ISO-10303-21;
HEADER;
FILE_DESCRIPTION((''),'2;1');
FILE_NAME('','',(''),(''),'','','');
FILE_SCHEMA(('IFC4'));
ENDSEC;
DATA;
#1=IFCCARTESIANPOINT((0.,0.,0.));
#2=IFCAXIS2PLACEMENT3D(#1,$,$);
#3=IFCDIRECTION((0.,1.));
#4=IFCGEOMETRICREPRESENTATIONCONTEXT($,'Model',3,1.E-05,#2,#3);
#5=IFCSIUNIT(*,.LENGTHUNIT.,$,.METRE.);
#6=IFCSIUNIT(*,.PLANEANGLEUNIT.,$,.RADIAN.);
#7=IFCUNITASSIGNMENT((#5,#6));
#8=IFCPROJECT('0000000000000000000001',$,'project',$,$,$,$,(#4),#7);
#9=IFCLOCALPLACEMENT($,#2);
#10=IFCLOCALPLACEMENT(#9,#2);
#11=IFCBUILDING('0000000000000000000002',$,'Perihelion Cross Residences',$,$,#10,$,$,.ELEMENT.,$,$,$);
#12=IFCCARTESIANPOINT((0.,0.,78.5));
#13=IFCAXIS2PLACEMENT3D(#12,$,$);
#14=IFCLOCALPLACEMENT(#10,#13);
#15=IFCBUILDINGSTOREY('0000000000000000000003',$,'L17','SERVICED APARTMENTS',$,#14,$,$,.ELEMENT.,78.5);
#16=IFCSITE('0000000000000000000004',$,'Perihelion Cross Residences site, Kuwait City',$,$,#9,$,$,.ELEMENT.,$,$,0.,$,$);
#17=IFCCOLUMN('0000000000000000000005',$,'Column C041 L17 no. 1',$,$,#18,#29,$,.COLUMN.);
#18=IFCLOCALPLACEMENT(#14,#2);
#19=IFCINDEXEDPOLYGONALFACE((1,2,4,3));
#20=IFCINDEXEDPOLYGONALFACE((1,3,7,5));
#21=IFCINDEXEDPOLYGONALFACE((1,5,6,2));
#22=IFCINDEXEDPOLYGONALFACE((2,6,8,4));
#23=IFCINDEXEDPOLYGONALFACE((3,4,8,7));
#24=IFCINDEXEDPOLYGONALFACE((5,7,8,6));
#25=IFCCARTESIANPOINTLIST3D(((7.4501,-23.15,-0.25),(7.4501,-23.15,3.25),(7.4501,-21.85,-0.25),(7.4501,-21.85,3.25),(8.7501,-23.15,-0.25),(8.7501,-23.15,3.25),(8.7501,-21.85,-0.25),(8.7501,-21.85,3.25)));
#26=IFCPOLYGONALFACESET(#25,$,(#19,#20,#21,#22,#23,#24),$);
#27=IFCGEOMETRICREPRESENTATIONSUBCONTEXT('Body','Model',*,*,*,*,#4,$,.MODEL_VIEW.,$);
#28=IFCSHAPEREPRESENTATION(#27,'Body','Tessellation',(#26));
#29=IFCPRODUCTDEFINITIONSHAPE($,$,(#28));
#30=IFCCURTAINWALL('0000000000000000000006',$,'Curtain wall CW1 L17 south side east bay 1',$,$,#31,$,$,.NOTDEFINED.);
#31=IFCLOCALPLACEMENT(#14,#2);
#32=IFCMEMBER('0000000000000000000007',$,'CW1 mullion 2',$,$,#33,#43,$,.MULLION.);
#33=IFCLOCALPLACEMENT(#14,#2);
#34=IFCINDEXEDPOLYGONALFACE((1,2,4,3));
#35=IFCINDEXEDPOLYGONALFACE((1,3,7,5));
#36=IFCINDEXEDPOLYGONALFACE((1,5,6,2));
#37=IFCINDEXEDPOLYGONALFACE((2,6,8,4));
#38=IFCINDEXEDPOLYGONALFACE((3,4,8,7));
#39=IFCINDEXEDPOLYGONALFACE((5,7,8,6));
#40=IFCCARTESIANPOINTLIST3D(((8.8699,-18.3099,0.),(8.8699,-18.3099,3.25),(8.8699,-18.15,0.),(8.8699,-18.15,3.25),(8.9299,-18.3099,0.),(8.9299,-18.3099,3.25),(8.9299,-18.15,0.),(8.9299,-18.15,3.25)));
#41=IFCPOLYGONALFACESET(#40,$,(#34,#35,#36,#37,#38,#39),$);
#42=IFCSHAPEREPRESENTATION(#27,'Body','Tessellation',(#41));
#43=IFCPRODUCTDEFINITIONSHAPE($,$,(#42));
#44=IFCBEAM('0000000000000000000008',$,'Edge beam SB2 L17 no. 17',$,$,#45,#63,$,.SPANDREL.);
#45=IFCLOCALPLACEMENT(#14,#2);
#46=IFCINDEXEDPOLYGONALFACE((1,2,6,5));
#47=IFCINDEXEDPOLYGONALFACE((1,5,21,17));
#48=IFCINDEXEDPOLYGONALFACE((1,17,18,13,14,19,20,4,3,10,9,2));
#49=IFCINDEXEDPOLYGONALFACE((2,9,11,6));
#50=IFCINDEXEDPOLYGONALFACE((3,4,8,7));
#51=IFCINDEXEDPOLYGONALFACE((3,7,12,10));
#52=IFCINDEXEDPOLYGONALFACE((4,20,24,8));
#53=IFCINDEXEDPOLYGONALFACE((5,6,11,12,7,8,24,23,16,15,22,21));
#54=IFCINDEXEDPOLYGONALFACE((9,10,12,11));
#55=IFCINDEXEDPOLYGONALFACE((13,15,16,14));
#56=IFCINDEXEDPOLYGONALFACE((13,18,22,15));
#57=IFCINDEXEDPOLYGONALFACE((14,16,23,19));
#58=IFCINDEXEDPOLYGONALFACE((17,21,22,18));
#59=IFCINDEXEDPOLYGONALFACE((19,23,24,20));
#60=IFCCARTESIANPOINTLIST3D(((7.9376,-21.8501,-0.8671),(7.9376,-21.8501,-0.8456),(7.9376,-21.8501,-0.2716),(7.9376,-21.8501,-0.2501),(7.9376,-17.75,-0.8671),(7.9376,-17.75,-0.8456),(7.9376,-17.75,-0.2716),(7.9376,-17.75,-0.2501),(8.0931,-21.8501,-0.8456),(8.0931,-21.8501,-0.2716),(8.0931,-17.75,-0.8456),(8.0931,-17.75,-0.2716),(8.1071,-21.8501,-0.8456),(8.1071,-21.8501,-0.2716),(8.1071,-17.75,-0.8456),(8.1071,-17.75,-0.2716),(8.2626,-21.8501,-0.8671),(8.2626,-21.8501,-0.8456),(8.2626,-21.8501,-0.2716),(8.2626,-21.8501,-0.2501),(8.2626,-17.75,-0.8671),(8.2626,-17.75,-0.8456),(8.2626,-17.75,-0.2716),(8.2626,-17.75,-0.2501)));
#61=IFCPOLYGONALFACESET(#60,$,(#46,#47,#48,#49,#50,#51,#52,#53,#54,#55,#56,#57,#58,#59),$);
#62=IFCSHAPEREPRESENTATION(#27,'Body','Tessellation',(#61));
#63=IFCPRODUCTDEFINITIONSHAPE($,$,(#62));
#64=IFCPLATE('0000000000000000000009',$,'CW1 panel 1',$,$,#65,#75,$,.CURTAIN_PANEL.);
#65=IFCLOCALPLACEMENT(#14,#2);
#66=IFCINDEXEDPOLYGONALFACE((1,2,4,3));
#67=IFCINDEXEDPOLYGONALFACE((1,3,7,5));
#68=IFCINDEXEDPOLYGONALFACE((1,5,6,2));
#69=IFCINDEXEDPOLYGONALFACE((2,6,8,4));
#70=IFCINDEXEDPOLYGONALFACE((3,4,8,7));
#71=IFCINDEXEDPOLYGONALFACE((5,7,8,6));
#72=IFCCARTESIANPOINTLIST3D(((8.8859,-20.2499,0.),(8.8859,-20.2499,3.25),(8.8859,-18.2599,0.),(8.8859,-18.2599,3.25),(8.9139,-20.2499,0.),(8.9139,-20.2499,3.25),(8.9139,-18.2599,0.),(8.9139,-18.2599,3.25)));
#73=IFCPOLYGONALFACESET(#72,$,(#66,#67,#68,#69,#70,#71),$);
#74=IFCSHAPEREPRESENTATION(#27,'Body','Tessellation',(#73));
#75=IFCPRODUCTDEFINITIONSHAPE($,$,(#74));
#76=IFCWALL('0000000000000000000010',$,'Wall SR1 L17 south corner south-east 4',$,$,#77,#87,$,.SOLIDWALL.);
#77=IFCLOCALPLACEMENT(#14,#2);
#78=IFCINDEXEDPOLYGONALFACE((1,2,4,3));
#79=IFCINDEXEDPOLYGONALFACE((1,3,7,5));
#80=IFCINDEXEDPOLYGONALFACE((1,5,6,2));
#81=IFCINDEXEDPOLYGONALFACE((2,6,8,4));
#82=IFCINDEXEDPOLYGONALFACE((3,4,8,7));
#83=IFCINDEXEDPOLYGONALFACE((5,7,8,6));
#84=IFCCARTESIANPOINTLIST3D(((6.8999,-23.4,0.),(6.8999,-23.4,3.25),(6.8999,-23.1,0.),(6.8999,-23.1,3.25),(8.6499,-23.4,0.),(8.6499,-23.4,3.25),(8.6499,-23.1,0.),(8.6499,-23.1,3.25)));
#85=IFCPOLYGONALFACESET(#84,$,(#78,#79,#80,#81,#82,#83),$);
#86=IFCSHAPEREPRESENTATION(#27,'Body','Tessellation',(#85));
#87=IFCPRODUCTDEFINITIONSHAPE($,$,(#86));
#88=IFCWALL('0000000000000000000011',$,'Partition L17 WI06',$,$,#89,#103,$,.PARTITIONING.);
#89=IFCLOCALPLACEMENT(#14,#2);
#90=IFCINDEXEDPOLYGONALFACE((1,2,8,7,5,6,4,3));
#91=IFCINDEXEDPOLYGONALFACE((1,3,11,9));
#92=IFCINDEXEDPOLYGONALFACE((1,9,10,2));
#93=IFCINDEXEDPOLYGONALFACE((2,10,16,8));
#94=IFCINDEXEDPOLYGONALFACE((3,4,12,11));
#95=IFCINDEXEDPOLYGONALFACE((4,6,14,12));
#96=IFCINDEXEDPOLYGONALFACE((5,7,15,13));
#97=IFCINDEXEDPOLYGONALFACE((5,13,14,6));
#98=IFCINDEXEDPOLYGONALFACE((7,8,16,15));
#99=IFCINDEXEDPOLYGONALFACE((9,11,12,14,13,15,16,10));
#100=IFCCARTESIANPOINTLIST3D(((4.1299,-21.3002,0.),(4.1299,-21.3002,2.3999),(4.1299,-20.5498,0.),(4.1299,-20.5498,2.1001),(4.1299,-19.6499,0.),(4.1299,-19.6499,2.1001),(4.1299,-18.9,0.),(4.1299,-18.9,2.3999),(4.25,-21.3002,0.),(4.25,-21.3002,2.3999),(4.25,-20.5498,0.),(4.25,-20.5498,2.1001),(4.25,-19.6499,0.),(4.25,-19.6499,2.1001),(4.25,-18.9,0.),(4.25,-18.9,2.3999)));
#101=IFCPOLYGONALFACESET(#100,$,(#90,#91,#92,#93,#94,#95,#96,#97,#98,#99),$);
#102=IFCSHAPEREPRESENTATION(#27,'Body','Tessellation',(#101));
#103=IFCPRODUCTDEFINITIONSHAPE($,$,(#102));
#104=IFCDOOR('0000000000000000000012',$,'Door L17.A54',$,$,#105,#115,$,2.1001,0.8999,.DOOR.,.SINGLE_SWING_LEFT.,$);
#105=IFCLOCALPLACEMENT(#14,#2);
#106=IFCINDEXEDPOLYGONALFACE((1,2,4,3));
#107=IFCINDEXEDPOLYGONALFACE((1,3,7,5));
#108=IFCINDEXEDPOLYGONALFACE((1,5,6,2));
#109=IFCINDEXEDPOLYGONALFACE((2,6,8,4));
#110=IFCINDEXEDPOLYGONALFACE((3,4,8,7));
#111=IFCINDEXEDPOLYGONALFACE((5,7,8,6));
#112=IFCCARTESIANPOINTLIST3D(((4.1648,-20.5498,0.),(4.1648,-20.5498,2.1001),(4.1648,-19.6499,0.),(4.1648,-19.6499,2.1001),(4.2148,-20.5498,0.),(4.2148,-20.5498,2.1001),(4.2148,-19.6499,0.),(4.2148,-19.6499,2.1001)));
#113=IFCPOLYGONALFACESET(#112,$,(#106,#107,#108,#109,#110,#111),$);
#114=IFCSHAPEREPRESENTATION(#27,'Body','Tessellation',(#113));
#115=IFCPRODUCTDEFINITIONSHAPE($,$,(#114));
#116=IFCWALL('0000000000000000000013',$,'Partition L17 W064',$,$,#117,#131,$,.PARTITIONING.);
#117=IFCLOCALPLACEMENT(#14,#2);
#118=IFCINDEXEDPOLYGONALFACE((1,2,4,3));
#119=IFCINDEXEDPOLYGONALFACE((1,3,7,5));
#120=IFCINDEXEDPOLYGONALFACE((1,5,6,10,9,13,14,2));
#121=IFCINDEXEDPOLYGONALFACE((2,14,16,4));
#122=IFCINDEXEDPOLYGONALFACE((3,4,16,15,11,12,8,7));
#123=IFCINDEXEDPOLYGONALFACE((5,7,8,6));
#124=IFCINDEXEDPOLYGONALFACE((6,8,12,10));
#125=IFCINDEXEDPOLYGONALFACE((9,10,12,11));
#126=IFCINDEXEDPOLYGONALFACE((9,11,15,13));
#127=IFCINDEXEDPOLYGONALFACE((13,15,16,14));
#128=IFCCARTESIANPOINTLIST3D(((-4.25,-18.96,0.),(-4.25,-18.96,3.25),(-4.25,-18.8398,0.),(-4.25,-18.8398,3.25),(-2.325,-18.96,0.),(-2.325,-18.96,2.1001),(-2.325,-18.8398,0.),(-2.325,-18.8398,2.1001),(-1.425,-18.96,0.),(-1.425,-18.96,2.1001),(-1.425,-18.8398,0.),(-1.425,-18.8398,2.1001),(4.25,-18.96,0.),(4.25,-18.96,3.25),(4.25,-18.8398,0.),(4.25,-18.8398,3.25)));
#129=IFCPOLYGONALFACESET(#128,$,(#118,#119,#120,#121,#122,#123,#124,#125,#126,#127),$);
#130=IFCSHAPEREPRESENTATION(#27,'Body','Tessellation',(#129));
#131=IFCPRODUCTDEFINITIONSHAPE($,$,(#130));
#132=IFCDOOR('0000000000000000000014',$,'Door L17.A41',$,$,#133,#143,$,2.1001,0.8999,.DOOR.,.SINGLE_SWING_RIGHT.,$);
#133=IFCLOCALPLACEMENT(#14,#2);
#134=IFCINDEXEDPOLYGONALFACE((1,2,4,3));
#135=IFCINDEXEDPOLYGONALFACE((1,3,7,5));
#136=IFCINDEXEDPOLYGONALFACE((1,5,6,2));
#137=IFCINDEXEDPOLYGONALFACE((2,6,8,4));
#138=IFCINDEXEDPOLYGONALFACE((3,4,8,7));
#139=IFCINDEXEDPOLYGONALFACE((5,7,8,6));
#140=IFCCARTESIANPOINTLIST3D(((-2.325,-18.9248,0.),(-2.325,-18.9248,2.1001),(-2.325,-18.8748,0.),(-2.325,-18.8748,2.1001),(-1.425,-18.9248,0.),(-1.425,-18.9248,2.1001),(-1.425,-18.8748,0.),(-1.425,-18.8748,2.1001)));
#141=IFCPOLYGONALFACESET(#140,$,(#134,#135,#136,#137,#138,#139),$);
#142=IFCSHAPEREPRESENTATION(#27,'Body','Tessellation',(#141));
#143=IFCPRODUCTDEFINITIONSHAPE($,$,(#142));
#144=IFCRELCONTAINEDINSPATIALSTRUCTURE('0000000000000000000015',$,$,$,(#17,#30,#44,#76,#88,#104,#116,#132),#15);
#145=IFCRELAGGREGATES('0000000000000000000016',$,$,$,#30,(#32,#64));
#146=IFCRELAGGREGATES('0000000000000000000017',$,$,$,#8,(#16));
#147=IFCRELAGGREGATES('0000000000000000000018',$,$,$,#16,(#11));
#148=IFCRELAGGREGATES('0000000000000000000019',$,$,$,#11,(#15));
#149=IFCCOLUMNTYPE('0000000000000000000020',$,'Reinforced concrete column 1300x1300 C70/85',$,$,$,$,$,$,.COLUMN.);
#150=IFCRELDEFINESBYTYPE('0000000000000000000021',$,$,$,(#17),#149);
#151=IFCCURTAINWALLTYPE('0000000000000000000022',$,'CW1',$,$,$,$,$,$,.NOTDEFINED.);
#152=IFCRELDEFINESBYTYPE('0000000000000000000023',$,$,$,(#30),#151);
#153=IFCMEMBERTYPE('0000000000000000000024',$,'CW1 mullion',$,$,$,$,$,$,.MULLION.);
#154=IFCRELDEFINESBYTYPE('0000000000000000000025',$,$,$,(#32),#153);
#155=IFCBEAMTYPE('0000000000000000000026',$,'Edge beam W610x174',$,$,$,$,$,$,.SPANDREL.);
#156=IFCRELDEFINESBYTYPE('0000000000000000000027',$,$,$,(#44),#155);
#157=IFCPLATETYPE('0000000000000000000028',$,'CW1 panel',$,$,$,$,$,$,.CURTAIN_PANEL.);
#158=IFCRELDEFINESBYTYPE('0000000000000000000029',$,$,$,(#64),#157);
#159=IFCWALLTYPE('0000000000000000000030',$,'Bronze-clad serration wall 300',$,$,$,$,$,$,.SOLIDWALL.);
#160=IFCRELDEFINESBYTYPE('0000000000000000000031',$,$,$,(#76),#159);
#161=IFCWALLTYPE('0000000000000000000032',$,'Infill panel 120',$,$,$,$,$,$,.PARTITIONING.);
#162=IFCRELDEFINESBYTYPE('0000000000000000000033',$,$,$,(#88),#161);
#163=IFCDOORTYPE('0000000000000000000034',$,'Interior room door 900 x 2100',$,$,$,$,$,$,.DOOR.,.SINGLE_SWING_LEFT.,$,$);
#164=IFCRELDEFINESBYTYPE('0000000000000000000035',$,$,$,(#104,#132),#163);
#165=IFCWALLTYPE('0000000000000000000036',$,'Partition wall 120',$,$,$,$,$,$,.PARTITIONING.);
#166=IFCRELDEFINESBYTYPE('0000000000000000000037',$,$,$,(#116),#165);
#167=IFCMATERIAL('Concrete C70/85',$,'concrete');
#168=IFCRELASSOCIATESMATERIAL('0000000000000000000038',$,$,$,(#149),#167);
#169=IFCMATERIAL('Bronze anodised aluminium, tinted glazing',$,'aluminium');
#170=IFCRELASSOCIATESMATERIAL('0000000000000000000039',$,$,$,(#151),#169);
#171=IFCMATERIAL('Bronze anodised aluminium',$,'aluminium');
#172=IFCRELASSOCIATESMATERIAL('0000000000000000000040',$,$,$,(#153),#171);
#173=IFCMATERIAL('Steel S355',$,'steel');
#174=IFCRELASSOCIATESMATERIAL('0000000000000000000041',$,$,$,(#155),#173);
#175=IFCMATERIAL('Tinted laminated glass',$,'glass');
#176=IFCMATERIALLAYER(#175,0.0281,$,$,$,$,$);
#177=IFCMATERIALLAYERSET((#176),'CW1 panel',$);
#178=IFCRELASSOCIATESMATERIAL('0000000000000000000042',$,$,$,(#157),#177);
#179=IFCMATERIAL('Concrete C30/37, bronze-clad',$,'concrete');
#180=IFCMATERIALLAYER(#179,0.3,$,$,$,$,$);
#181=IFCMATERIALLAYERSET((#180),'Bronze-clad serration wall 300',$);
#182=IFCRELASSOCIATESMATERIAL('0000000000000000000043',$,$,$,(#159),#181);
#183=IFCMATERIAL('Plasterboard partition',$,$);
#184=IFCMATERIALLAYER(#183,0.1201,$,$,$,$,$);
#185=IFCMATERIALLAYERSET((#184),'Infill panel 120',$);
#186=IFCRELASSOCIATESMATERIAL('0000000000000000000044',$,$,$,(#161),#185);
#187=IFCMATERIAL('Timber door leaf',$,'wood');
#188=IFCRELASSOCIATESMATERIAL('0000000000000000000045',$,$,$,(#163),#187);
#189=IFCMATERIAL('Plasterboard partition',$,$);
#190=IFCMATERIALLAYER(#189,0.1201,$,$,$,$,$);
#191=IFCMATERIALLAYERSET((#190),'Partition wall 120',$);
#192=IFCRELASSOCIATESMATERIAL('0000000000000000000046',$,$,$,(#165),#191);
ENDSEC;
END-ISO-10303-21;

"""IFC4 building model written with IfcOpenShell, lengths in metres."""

from ifc_helpers import new_model, si_unit, direction, frame, frame_2d, origin, origin_2d, place, context, subcontext, project, spatial, rectangle, i_section, extrude, material, layer, layer_set, material_profile, profile_set, type_object, element, fill, aggregate, save


model = new_model("IFC4")

# Units and contexts
model_context = context("Model", 3, precision=1e-05, world=origin(), true_north=direction((0.0, 1.0)))
body_context = subcontext(model_context, "Body", "Model", "MODEL_VIEW")
ifc_project = project(units=[si_unit("LENGTHUNIT", "METRE"), si_unit("PLANEANGLEUNIT", "RADIAN")], contexts=[model_context])

# Site, building, storey
site_placement = place(None, origin())
site = spatial("IfcSite", under=ifc_project, at=site_placement, Name="Perihelion Cross Residences site, Kuwait City", CompositionType="ELEMENT", RefElevation=0.0)
building_placement = place(site_placement, origin())
building = spatial("IfcBuilding", under=site, at=building_placement, Name="Perihelion Cross Residences", CompositionType="ELEMENT")
storey_placement = place(building_placement, frame((0.0, 0.0, 78.5)))
storey = spatial("IfcBuildingStorey", under=building, at=storey_placement, Name="L17", Description="SERVICED APARTMENTS", CompositionType="ELEMENT", Elevation=78.5)

# Column
ifc_material_1 = material(Name="Concrete C70/85", Category="concrete")
ifc_material_profile_1 = material_profile(ifc_material_1, rectangle(XDim=1.3, YDim=1.3, at=origin_2d()), Name="RC 1300x1300")
ifc_profile_set_1 = profile_set([ifc_material_profile_1], Name="Concrete C70/85")
column_type = type_object("IfcColumnType", Name="Reinforced concrete column 1300x1300 C70/85", PredefinedType="COLUMN", material=ifc_profile_set_1)
column_placement = place(storey_placement, frame((8.1001, -22.5, -0.25), z_axis=(0.0, 0.0, 1.0), x_axis=(1.0, 0.0, 0.0)))
element("IfcColumn", 1, at=column_placement, inside=storey, type_object=column_type, Name="Column C041 L17 no. 1", PredefinedType="COLUMN", context=body_context, shape_type="SweptSolid", body=[
    extrude(rectangle(XDim=1.3, YDim=1.3, at=origin_2d()), origin(), (0.0, 0.0, 1.0), 3.5),
])

# Curtain wall, member
ifc_material_2 = material(Name="Bronze anodised aluminium, tinted glazing", Category="aluminium")
curtain_wall_type = type_object("IfcCurtainWallType", Name="CW1", PredefinedType="NOTDEFINED", material=ifc_material_2)
curtain_wall_placement = place(storey_placement, origin())
curtain_wall = element("IfcCurtainWall", 2, at=curtain_wall_placement, inside=storey, type_object=curtain_wall_type, Name="Curtain wall CW1 L17 south side east bay 1", PredefinedType="NOTDEFINED")
ifc_material_3 = material(Name="Bronze anodised aluminium", Category="aluminium")
ifc_material_profile_2 = material_profile(ifc_material_3, rectangle(XDim=0.0601, YDim=0.1599, at=origin_2d()), Name="CW1 mullion")
ifc_profile_set_2 = profile_set([ifc_material_profile_2], Name="Bronze anodised aluminium")
member_type = type_object("IfcMemberType", Name="CW1 mullion", PredefinedType="MULLION", material=ifc_profile_set_2)
member_placement = place(storey_placement, frame((8.8999, -18.23, 0.0), z_axis=(0.0, 0.0, 1.0), x_axis=(-1.0, 0.0, 0.0)))
member = element("IfcMember", 3, at=member_placement, type_object=member_type, Name="CW1 mullion 2", PredefinedType="MULLION", context=body_context, shape_type="SweptSolid", body=[
    extrude(rectangle(XDim=0.0601, YDim=0.1599, at=origin_2d()), origin(), (0.0, 0.0, 1.0), 3.25),
])

# Beam
ifc_material_4 = material(Name="Steel S355", Category="steel")
ifc_material_profile_3 = material_profile(ifc_material_4, i_section(OverallWidth=0.325, OverallDepth=0.6169, WebThickness=0.0139, FlangeThickness=0.0215, at=origin_2d()), Name="W610x174")
ifc_profile_set_3 = profile_set([ifc_material_profile_3], Name="Steel S355")
beam_type = type_object("IfcBeamType", Name="Edge beam W610x174", PredefinedType="SPANDREL", material=ifc_profile_set_3)
beam_placement = place(storey_placement, frame((8.1001, -21.8501, -0.5586), z_axis=(0.0, 1.0, 0.0), x_axis=(-1.0, 0.0, 0.0)))
element("IfcBeam", 4, at=beam_placement, inside=storey, type_object=beam_type, Name="Edge beam SB2 L17 no. 17", PredefinedType="SPANDREL", context=body_context, shape_type="SweptSolid", body=[
    extrude(i_section(OverallWidth=0.325, OverallDepth=0.6169, WebThickness=0.0139, FlangeThickness=0.0215, at=origin_2d()), origin(), (0.0, 0.0, 1.0), 4.1001),
])

# Plate
ifc_material_5 = material(Name="Tinted laminated glass", Category="glass")
ifc_layer_1 = layer(ifc_material_5, 0.0281)
ifc_layer_set_1 = layer_set([ifc_layer_1], Name="CW1 panel")
plate_type = type_object("IfcPlateType", Name="CW1 panel", PredefinedType="CURTAIN_PANEL", material=ifc_layer_set_1)
plate_placement = place(storey_placement, frame((8.8999, -19.2549, 0.0), z_axis=(0.0, 0.0, 1.0), x_axis=(0.0, 1.0, 0.0)))
plate = element("IfcPlate", 5, at=plate_placement, type_object=plate_type, Name="CW1 panel 1", PredefinedType="CURTAIN_PANEL", context=body_context, shape_type="SweptSolid", body=[
    extrude(rectangle(XDim=1.99, YDim=0.0281, at=origin_2d()), origin(), (0.0, 0.0, 1.0), 3.25),
])
aggregate(curtain_wall, [member, plate])

# Wall
ifc_material_6 = material(Name="Concrete C30/37, bronze-clad", Category="concrete")
ifc_layer_2 = layer(ifc_material_6, 0.3)
ifc_layer_set_2 = layer_set([ifc_layer_2], Name="Bronze-clad serration wall 300")
wall_type_1 = type_object("IfcWallType", Name="Bronze-clad serration wall 300", PredefinedType="SOLIDWALL", material=ifc_layer_set_2)
wall_1_placement = place(storey_placement, frame((6.8999, -23.25, 0.0), z_axis=(0.0, 0.0, 1.0), x_axis=(1.0, 0.0, 0.0)))
element("IfcWall", 6, at=wall_1_placement, inside=storey, type_object=wall_type_1, Name="Wall SR1 L17 south corner south-east 4", PredefinedType="SOLIDWALL", context=body_context, shape_type="SweptSolid", body=[
    extrude(rectangle(XDim=1.75, YDim=0.3, at=frame_2d((0.875, 0.0))), origin(), (0.0, 0.0, 1.0), 3.25),
])

# Walls, openings, doors
ifc_material_7 = material(Name="Plasterboard partition")
ifc_layer_3 = layer(ifc_material_7, 0.1201)
ifc_layer_set_3 = layer_set([ifc_layer_3], Name="Infill panel 120")
wall_type_2 = type_object("IfcWallType", Name="Infill panel 120", PredefinedType="PARTITIONING", material=ifc_layer_set_3)
wall_2_placement = place(storey_placement, frame((4.1899, -18.8999, 0.0), z_axis=(0.0, 0.0, 1.0), x_axis=(0.0, -1.0, 0.0)))
wall_2 = element("IfcWall", 7, at=wall_2_placement, inside=storey, type_object=wall_type_2, Name="Partition L17 WI06", PredefinedType="PARTITIONING", context=body_context, shape_type="SweptSolid", body=[
    extrude(rectangle(XDim=2.4001, YDim=0.1201, at=frame_2d((1.2002, 0.0))), origin(), (0.0, 0.0, 1.0), 2.3999),
])
opening_1_placement = place(wall_2_placement, frame((0.75, 0.0, 0.0)))
opening_1 = element("IfcOpeningElement", 8, at=opening_1_placement, cuts=wall_2, PredefinedType="OPENING", context=body_context, shape_type="SweptSolid", body=[
    extrude(rectangle(XDim=0.8999, YDim=2.1001, at=frame_2d((0.45, 1.05))), frame((0.0, 0.0701, 0.0), z_axis=(0.0, -1.0, 0.0), x_axis=(1.0, 0.0, 0.0)), (0.0, 0.0, 1.0), 0.1401),
])
ifc_material_8 = material(Name="Timber door leaf", Category="wood")
door_type_1 = type_object("IfcDoorType", Name="Interior room door 900 x 2100", OperationType="SINGLE_SWING_LEFT", PredefinedType="DOOR", material=ifc_material_8)
door_1_placement = place(opening_1_placement, origin())
door_1 = element("IfcDoor", 9, at=door_1_placement, inside=storey, type_object=door_type_1, Name="Door L17.A54", OperationType="SINGLE_SWING_LEFT", OverallHeight=2.1001, OverallWidth=0.8999, PredefinedType="DOOR", context=body_context, shape_type="SweptSolid", body=[
    extrude(rectangle(XDim=0.8999, YDim=2.1001, at=frame_2d((0.45, 1.05))), frame((0.0, 0.0249, 0.0), z_axis=(0.0, -1.0, 0.0), x_axis=(1.0, 0.0, 0.0)), (0.0, 0.0, 1.0), 0.05),
])
fill(opening_1, door_1)
ifc_material_9 = material(Name="Plasterboard partition")
ifc_layer_4 = layer(ifc_material_9, 0.1201)
ifc_layer_set_4 = layer_set([ifc_layer_4], Name="Partition wall 120")
wall_type_3 = type_object("IfcWallType", Name="Partition wall 120", PredefinedType="PARTITIONING", material=ifc_layer_set_4)
wall_3_placement = place(storey_placement, frame((4.25, -18.8999, 0.0), z_axis=(0.0, 0.0, 1.0), x_axis=(-1.0, 0.0, 0.0)))
wall_3 = element("IfcWall", 10, at=wall_3_placement, inside=storey, type_object=wall_type_3, Name="Partition L17 W064", PredefinedType="PARTITIONING", context=body_context, shape_type="SweptSolid", body=[
    extrude(rectangle(XDim=8.5, YDim=0.1201, at=frame_2d((4.25, 0.0))), origin(), (0.0, 0.0, 1.0), 3.25),
])
opening_2_placement = place(wall_3_placement, frame((5.675, 0.0, 0.0)))
opening_2 = element("IfcOpeningElement", 11, at=opening_2_placement, cuts=wall_3, PredefinedType="OPENING", context=body_context, shape_type="SweptSolid", body=[
    extrude(rectangle(XDim=0.8999, YDim=2.1001, at=frame_2d((0.45, 1.05))), frame((0.0, 0.0701, 0.0), z_axis=(0.0, -1.0, 0.0), x_axis=(1.0, 0.0, 0.0)), (0.0, 0.0, 1.0), 0.1401),
])
door_2_placement = place(opening_2_placement, origin())
door_2 = element("IfcDoor", 12, at=door_2_placement, inside=storey, type_object=door_type_1, Name="Door L17.A41", OperationType="SINGLE_SWING_RIGHT", OverallHeight=2.1001, OverallWidth=0.8999, PredefinedType="DOOR", context=body_context, shape_type="SweptSolid", body=[
    extrude(rectangle(XDim=0.8999, YDim=2.1001, at=frame_2d((0.45, 1.05))), frame((0.0, 0.0249, 0.0), z_axis=(0.0, -1.0, 0.0), x_axis=(1.0, 0.0, 0.0)), (0.0, 0.0, 1.0), 0.05),
])
fill(opening_2, door_2)

save(model, "model.ifc")
